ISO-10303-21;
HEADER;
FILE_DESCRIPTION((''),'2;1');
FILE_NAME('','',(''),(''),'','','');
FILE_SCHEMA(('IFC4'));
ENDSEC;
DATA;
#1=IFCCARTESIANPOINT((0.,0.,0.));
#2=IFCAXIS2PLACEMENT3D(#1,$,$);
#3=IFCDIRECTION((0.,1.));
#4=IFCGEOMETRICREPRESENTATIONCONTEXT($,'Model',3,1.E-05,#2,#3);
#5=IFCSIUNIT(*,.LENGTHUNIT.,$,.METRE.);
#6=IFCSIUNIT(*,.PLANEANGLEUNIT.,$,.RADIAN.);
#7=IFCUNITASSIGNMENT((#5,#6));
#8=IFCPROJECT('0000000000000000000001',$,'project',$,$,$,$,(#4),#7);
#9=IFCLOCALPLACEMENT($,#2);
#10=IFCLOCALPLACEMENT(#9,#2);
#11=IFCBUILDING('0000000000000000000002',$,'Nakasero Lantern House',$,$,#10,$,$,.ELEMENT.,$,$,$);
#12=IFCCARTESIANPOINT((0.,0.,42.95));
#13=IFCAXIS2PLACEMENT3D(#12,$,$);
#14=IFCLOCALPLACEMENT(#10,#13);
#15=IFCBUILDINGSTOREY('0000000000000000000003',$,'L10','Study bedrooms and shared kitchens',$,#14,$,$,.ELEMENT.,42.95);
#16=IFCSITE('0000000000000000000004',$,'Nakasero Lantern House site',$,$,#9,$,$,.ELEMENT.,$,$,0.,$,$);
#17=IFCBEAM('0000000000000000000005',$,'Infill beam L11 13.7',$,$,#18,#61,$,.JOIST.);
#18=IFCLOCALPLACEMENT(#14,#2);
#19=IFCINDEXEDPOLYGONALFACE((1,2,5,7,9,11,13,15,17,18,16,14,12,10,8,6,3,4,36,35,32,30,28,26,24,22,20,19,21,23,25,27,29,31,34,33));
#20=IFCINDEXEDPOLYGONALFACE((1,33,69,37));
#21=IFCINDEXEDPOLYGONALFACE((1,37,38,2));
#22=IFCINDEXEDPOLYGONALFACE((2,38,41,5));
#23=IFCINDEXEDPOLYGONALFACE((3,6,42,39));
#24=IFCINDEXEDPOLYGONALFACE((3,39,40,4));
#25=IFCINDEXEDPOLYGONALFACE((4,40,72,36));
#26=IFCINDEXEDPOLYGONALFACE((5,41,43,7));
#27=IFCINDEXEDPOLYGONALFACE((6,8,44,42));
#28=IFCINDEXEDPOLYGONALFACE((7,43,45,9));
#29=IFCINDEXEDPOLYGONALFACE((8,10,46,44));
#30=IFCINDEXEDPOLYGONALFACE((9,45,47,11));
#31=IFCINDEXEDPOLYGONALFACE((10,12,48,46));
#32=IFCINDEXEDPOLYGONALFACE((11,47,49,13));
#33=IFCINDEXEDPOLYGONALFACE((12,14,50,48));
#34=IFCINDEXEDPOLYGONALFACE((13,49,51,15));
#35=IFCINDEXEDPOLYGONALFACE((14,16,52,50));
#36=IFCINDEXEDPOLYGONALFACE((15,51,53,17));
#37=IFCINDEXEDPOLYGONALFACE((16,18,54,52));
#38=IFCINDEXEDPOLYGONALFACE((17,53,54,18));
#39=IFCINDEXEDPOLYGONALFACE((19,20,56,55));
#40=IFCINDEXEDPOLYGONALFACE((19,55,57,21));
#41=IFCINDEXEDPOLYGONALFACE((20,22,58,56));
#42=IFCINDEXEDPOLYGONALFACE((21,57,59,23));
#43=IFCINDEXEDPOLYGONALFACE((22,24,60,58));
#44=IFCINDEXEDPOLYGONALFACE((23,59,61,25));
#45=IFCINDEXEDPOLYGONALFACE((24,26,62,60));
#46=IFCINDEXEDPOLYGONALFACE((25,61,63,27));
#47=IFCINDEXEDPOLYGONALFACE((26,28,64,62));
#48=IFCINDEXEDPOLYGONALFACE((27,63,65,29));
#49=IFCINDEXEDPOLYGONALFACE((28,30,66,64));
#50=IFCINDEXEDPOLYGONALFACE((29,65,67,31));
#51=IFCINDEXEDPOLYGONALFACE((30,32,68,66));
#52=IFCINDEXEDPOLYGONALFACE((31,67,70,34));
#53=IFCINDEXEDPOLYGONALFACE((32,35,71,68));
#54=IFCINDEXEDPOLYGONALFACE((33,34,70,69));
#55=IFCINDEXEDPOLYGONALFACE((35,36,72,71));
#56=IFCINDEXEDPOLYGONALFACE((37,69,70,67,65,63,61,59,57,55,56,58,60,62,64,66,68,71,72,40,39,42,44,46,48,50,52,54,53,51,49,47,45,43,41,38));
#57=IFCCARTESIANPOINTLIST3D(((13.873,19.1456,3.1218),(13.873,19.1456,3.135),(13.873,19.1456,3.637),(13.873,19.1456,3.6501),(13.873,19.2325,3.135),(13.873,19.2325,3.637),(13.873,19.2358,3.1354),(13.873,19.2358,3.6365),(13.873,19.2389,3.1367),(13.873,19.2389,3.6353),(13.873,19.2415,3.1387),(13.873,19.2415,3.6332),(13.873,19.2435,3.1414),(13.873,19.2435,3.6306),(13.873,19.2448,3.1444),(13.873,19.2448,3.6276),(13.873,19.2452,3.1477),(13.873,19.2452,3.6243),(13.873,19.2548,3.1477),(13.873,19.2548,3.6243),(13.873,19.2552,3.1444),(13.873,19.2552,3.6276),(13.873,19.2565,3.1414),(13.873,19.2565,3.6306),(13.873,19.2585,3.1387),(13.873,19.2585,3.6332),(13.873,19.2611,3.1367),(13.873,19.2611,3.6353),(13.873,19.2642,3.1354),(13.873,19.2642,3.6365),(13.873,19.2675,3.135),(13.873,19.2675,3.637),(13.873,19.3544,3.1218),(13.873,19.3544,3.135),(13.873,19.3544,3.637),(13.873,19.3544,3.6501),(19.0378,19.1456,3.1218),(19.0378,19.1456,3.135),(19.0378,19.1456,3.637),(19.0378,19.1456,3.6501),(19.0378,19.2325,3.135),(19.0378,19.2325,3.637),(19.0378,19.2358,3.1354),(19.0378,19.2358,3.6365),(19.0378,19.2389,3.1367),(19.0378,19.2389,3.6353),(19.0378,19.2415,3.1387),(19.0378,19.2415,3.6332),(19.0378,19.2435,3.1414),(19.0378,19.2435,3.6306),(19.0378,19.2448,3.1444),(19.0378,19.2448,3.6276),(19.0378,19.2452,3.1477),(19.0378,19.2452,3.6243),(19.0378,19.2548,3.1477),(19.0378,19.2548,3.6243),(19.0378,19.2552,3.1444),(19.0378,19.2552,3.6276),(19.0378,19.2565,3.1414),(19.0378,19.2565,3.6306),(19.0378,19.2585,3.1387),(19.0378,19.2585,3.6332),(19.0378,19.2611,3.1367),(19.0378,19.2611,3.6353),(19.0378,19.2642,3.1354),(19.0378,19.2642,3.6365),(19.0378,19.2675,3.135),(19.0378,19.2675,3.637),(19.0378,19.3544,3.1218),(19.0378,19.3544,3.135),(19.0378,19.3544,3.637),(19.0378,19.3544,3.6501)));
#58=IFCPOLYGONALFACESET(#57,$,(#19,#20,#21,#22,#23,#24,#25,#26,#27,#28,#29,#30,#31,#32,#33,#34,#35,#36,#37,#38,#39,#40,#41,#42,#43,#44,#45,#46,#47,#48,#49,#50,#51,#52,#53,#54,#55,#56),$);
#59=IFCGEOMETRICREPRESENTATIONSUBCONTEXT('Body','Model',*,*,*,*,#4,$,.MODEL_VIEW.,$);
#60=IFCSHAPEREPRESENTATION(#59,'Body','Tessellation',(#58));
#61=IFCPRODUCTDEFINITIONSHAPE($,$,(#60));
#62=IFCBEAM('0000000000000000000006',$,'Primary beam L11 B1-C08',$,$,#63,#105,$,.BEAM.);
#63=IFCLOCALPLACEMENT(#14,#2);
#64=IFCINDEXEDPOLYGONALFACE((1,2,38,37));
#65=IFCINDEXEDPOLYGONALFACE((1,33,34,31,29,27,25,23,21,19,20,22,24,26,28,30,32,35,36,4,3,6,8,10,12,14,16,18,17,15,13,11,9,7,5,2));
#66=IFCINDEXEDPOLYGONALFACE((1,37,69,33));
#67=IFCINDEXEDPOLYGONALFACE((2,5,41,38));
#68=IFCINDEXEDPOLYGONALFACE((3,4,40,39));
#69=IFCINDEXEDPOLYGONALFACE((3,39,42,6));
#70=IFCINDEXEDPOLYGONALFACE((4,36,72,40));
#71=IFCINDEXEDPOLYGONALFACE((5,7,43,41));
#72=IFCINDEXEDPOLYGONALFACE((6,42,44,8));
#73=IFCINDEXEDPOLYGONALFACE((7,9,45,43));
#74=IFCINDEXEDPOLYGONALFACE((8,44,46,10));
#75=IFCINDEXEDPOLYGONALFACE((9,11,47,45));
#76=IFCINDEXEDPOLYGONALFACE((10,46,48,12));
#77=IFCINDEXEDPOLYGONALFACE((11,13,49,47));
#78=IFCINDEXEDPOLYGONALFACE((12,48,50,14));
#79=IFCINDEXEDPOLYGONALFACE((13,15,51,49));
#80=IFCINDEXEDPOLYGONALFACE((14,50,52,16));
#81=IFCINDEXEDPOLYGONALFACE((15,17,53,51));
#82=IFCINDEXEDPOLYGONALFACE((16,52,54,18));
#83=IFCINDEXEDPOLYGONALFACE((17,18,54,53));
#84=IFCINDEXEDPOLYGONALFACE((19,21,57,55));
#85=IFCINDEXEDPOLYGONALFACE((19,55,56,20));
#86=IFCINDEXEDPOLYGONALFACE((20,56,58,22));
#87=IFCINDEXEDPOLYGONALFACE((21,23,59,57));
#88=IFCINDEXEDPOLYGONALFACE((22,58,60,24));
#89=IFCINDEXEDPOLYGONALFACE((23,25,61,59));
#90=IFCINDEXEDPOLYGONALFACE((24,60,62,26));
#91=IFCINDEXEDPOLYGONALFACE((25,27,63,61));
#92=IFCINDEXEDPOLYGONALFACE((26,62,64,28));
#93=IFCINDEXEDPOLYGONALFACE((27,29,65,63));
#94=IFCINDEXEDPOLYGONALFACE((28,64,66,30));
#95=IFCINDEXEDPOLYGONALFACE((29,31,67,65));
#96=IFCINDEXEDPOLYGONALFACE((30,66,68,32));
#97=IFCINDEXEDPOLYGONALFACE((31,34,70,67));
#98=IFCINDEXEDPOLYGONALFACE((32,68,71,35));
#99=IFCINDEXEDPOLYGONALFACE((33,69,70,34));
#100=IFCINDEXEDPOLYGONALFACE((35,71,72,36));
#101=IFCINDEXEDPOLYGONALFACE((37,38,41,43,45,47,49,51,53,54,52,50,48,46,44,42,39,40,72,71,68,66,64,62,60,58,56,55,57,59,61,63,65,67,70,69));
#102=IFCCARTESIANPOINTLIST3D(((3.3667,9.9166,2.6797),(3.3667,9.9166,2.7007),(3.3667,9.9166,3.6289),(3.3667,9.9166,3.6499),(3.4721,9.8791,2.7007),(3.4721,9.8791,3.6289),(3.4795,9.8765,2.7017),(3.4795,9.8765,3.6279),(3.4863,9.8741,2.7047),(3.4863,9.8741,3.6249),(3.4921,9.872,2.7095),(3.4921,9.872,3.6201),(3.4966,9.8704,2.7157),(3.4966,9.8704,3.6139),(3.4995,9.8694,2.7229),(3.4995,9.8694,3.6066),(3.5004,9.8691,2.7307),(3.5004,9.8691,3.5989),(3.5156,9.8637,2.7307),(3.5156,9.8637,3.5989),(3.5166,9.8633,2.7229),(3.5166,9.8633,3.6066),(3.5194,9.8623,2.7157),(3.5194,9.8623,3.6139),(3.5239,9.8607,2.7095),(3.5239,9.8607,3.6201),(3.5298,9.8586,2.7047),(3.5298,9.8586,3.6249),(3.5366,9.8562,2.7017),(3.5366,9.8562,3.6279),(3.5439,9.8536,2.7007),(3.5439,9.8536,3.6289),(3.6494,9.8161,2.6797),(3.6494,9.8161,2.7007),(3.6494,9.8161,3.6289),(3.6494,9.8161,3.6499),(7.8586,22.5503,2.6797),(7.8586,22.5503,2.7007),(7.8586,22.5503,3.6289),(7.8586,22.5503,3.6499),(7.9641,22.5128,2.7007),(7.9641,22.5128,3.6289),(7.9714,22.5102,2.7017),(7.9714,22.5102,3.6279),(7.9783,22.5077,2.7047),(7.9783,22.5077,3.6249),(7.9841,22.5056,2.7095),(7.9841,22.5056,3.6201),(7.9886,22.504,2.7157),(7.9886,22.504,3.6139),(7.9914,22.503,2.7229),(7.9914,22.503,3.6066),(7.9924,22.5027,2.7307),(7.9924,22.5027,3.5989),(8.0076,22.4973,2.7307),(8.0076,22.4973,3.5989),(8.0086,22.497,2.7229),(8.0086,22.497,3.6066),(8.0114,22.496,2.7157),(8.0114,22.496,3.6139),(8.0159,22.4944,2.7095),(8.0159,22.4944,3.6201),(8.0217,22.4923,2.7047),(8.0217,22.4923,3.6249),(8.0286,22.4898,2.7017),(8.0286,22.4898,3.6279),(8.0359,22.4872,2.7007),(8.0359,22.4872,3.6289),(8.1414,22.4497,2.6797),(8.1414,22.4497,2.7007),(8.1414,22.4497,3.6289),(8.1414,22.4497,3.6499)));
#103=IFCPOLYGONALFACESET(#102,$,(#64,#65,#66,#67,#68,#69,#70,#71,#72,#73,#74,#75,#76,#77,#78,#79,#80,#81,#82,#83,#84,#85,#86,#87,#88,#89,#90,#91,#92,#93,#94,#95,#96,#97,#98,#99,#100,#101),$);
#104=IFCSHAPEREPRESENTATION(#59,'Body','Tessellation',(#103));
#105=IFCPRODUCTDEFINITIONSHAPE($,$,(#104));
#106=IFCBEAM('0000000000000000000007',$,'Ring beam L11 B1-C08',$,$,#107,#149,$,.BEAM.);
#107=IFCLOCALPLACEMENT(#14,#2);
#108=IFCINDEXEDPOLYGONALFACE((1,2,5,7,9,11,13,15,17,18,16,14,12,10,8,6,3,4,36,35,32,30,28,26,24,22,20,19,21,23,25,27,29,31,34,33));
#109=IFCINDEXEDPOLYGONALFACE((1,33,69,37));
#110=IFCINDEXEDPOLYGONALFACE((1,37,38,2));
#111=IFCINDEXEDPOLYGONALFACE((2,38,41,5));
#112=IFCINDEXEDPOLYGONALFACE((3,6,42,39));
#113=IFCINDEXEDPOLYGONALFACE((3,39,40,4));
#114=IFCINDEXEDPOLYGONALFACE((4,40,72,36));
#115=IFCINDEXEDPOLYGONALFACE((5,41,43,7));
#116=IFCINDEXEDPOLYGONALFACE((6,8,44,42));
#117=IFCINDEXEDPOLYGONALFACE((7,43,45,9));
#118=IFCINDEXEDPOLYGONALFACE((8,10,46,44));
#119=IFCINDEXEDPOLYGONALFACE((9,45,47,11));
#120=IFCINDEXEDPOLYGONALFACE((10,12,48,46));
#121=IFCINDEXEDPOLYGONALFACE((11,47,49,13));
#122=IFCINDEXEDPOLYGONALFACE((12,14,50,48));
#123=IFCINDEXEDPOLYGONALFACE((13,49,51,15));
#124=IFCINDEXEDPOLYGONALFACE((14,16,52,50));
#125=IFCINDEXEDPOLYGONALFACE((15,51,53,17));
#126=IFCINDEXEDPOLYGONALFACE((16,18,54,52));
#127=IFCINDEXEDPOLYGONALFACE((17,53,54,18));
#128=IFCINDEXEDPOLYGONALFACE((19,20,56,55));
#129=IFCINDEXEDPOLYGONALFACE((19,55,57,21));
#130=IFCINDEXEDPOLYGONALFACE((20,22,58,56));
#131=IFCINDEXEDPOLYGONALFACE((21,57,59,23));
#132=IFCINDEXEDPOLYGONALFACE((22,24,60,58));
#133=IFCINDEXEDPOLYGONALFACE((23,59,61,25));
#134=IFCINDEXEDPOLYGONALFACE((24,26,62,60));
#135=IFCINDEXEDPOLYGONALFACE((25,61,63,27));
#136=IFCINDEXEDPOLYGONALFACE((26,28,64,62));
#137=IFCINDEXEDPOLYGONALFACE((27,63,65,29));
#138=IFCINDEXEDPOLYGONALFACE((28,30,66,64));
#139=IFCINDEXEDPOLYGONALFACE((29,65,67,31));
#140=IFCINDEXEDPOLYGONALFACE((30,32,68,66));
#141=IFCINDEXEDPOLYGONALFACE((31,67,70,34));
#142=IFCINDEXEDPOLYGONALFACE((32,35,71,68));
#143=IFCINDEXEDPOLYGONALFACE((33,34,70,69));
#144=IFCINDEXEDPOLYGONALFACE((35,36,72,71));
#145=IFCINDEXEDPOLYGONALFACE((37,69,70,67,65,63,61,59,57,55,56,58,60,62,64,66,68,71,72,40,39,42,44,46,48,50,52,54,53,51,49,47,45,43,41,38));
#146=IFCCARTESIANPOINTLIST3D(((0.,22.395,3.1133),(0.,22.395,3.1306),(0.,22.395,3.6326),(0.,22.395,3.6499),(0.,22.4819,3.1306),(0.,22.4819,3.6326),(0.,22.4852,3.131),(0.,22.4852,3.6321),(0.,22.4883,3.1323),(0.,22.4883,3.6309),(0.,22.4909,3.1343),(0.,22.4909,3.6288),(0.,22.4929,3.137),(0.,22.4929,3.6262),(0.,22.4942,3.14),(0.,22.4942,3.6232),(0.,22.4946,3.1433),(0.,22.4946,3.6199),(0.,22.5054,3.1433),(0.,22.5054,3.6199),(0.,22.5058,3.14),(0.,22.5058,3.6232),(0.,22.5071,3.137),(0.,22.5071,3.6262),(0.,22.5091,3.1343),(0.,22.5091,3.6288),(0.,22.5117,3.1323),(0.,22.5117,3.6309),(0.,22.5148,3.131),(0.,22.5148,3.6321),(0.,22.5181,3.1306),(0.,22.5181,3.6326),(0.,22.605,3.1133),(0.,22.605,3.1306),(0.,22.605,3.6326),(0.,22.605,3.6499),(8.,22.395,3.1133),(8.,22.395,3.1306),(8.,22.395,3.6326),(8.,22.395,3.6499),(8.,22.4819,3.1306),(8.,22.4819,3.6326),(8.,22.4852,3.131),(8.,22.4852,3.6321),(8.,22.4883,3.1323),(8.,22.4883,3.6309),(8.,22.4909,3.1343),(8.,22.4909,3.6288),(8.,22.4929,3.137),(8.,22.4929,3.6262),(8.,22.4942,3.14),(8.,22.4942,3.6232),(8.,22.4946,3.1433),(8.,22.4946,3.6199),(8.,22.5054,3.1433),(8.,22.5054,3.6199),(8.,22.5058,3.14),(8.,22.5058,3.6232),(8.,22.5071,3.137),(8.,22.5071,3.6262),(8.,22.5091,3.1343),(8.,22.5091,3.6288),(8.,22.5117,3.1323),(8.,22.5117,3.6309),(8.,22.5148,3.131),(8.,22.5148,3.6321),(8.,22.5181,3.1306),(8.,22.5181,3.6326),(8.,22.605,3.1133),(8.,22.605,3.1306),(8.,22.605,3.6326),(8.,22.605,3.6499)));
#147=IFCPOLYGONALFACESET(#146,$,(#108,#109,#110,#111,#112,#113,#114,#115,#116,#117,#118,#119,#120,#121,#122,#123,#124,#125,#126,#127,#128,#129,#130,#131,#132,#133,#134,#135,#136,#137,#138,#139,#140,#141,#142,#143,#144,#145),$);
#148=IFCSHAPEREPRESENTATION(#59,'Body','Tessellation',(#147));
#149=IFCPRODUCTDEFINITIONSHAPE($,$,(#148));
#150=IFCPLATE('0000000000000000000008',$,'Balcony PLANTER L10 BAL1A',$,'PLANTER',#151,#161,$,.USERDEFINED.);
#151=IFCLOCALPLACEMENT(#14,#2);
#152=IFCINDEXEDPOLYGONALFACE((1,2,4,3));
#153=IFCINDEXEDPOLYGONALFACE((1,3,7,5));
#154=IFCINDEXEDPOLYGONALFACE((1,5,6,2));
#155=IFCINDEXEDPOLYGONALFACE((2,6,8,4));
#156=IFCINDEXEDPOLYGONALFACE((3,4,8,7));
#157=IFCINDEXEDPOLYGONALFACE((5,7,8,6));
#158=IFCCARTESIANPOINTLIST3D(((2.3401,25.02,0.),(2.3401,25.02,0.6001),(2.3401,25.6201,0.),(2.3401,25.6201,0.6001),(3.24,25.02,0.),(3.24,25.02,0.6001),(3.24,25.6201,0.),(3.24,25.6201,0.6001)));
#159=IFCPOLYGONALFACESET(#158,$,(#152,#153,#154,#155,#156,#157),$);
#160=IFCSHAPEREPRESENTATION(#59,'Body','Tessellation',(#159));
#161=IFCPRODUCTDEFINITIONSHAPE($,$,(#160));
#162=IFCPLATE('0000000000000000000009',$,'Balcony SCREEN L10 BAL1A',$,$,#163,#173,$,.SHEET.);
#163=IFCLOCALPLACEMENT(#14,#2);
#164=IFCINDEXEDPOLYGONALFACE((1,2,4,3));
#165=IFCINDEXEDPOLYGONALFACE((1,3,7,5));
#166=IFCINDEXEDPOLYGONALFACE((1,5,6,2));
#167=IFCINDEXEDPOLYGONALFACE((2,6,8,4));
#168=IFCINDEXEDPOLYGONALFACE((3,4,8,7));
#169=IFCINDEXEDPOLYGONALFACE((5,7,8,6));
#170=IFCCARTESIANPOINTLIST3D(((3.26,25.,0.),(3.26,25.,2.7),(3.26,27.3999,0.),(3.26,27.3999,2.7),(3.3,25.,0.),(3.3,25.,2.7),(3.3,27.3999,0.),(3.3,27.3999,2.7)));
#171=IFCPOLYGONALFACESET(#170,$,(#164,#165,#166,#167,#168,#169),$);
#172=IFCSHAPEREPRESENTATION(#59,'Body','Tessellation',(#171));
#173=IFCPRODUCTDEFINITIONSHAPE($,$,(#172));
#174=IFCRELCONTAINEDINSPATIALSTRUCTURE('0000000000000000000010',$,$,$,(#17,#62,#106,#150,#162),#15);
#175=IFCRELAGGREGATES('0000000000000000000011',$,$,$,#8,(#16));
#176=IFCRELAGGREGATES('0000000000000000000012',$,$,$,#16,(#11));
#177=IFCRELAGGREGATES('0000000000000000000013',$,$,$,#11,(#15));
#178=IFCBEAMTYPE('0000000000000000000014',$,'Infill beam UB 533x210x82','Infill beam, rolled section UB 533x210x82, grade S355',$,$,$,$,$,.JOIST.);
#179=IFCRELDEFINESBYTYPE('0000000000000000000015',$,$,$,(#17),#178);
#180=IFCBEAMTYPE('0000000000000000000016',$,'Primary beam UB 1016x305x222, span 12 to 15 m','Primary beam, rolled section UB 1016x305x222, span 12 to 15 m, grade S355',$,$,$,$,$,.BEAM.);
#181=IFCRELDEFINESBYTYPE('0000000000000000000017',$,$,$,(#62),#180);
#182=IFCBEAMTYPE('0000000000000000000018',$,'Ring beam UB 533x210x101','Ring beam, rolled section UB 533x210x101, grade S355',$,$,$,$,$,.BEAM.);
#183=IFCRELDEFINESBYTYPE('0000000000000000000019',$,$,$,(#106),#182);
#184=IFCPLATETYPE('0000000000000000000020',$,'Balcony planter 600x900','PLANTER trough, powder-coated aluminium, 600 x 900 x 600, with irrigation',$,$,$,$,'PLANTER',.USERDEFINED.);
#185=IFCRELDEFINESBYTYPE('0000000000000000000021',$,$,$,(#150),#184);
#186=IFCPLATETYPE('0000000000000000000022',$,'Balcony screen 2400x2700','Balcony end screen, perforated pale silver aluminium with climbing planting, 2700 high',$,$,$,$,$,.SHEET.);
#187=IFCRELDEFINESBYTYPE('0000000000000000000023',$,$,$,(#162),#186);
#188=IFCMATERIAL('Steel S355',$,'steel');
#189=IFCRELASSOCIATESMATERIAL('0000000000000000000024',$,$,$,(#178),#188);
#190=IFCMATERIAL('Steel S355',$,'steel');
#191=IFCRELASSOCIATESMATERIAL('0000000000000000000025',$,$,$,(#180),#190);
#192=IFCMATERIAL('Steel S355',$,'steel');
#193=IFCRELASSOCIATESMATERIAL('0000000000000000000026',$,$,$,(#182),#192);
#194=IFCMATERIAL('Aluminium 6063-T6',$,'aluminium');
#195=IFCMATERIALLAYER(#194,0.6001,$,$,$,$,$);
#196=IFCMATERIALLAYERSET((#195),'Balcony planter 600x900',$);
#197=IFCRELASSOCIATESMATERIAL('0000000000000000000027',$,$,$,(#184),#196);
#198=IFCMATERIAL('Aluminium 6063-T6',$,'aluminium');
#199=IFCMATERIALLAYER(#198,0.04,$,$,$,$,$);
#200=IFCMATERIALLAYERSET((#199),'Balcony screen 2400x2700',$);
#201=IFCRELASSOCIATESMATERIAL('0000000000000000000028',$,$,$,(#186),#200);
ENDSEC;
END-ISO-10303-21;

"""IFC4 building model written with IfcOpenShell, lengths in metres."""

from ifc_helpers import new_model, si_unit, direction, frame, origin, origin_2d, place, context, subcontext, project, spatial, rectangle, i_section, extrude, material, layer, layer_set, material_profile, profile_set, type_object, element, save


model = new_model("IFC4")

# Units and contexts
model_context = context("Model", 3, precision=1e-05, world=origin(), true_north=direction((0.0, 1.0)))
body_context = subcontext(model_context, "Body", "Model", "MODEL_VIEW")
ifc_project = project(units=[si_unit("LENGTHUNIT", "METRE"), si_unit("PLANEANGLEUNIT", "RADIAN")], contexts=[model_context])

# Site, building, storey
site_placement = place(None, origin())
site = spatial("IfcSite", under=ifc_project, at=site_placement, Name="Nakasero Lantern House site", CompositionType="ELEMENT", RefElevation=0.0)
building_placement = place(site_placement, origin())
building = spatial("IfcBuilding", under=site, at=building_placement, Name="Nakasero Lantern House", CompositionType="ELEMENT")
storey_placement = place(building_placement, frame((0.0, 0.0, 42.95)))
storey = spatial("IfcBuildingStorey", under=building, at=storey_placement, Name="L10", Description="Study bedrooms and shared kitchens", CompositionType="ELEMENT", Elevation=42.95)

# Beams
ifc_material_1 = material(Name="Steel S355", Category="steel")
ifc_material_profile_1 = material_profile(ifc_material_1, i_section(OverallWidth=0.2087, OverallDepth=0.5283, WebThickness=0.0095, FlangeThickness=0.0132, FilletRadius=0.0127, at=origin_2d()), Name="UB 533x210x82")
ifc_profile_set_1 = profile_set([ifc_material_profile_1], Name="Steel S355")
beam_type_1 = type_object("IfcBeamType", Name="Infill beam UB 533x210x82", Description="Infill beam, rolled section UB 533x210x82, grade S355", PredefinedType="JOIST", material=ifc_profile_set_1)
beam_1_placement = place(storey_placement, frame((13.873, 19.25, 3.386), z_axis=(1.0, 0.0, 0.0), x_axis=(0.0, 1.0, 0.0)))
element("IfcBeam", 1, at=beam_1_placement, inside=storey, type_object=beam_type_1, Name="Infill beam L11 13.7", PredefinedType="JOIST", context=body_context, shape_type="SweptSolid", body=[
    extrude(i_section(OverallWidth=0.2087, OverallDepth=0.5283, WebThickness=0.0095, FlangeThickness=0.0132, FilletRadius=0.0127, at=origin_2d()), origin(), (0.0, 0.0, 1.0), 5.1648),
])
ifc_material_2 = material(Name="Steel S355", Category="steel")
ifc_material_profile_2 = material_profile(ifc_material_2, i_section(OverallWidth=0.3, OverallDepth=0.9702, WebThickness=0.0161, FlangeThickness=0.021, FilletRadius=0.03, at=origin_2d()), Name="UB 1016x305x222")
ifc_profile_set_2 = profile_set([ifc_material_profile_2], Name="Steel S355")
beam_type_2 = type_object("IfcBeamType", Name="Primary beam UB 1016x305x222, span 12 to 15 m", Description="Primary beam, rolled section UB 1016x305x222, span 12 to 15 m, grade S355", PredefinedType="BEAM", material=ifc_profile_set_2)
beam_2_placement = place(storey_placement, frame((8.0, 22.5, 3.1648), z_axis=(-0.335011, -0.942214, 0.0), x_axis=(0.942214, -0.335011, 0.0)))
element("IfcBeam", 2, at=beam_2_placement, inside=storey, type_object=beam_type_2, Name="Primary beam L11 B1-C08", PredefinedType="BEAM", context=body_context, shape_type="SweptSolid", body=[
    extrude(i_section(OverallWidth=0.3, OverallDepth=0.9702, WebThickness=0.0161, FlangeThickness=0.021, FilletRadius=0.03, at=origin_2d()), origin(), (0.0, 0.0, 1.0), 13.4084),
])
ifc_material_3 = material(Name="Steel S355", Category="steel")
ifc_material_profile_3 = material_profile(ifc_material_3, i_section(OverallWidth=0.21, OverallDepth=0.5366, WebThickness=0.0107, FlangeThickness=0.0173, FilletRadius=0.0127, at=origin_2d()), Name="UB 533x210x101")
ifc_profile_set_3 = profile_set([ifc_material_profile_3], Name="Steel S355")
beam_type_3 = type_object("IfcBeamType", Name="Ring beam UB 533x210x101", Description="Ring beam, rolled section UB 533x210x101, grade S355", PredefinedType="BEAM", material=ifc_profile_set_3)
beam_3_placement = place(storey_placement, frame((8.0, 22.5, 3.3816), z_axis=(-1.0, 0.0, 0.0), x_axis=(0.0, -1.0, 0.0)))
element("IfcBeam", 3, at=beam_3_placement, inside=storey, type_object=beam_type_3, Name="Ring beam L11 B1-C08", PredefinedType="BEAM", context=body_context, shape_type="SweptSolid", body=[
    extrude(i_section(OverallWidth=0.21, OverallDepth=0.5366, WebThickness=0.0107, FlangeThickness=0.0173, FilletRadius=0.0127, at=origin_2d()), origin(), (0.0, 0.0, 1.0), 8.0),
])

# Plates
ifc_material_4 = material(Name="Aluminium 6063-T6", Category="aluminium")
ifc_layer_1 = layer(ifc_material_4, 0.6001)
ifc_layer_set_1 = layer_set([ifc_layer_1], Name="Balcony planter 600x900")
plate_type_1 = type_object("IfcPlateType", Name="Balcony planter 600x900", Description="PLANTER trough, powder-coated aluminium, 600 x 900 x 600, with irrigation", ElementType="PLANTER", PredefinedType="USERDEFINED", material=ifc_layer_set_1)
plate_1_placement = place(storey_placement, frame((2.79, 25.3201, 0.0), z_axis=(0.0, 0.0, 1.0), x_axis=(0.0, 1.0, 0.0)))
element("IfcPlate", 4, at=plate_1_placement, inside=storey, type_object=plate_type_1, Name="Balcony PLANTER L10 BAL1A", ObjectType="PLANTER", PredefinedType="USERDEFINED", context=body_context, shape_type="SweptSolid", body=[
    extrude(rectangle(XDim=0.6001, YDim=0.8999, at=origin_2d()), origin(), (0.0, 0.0, 1.0), 0.6001),
])
ifc_material_5 = material(Name="Aluminium 6063-T6", Category="aluminium")
ifc_layer_2 = layer(ifc_material_5, 0.04)
ifc_layer_set_2 = layer_set([ifc_layer_2], Name="Balcony screen 2400x2700")
plate_type_2 = type_object("IfcPlateType", Name="Balcony screen 2400x2700", Description="Balcony end screen, perforated pale silver aluminium with climbing planting, 2700 high", PredefinedType="SHEET", material=ifc_layer_set_2)
plate_2_placement = place(storey_placement, frame((3.28, 26.2, 0.0), z_axis=(0.0, 0.0, 1.0), x_axis=(0.0, 1.0, 0.0)))
element("IfcPlate", 5, at=plate_2_placement, inside=storey, type_object=plate_type_2, Name="Balcony SCREEN L10 BAL1A", PredefinedType="SHEET", context=body_context, shape_type="SweptSolid", body=[
    extrude(rectangle(XDim=2.3999, YDim=0.04, at=origin_2d()), origin(), (0.0, 0.0, 1.0), 2.7),
])

save(model, "model.ifc")
